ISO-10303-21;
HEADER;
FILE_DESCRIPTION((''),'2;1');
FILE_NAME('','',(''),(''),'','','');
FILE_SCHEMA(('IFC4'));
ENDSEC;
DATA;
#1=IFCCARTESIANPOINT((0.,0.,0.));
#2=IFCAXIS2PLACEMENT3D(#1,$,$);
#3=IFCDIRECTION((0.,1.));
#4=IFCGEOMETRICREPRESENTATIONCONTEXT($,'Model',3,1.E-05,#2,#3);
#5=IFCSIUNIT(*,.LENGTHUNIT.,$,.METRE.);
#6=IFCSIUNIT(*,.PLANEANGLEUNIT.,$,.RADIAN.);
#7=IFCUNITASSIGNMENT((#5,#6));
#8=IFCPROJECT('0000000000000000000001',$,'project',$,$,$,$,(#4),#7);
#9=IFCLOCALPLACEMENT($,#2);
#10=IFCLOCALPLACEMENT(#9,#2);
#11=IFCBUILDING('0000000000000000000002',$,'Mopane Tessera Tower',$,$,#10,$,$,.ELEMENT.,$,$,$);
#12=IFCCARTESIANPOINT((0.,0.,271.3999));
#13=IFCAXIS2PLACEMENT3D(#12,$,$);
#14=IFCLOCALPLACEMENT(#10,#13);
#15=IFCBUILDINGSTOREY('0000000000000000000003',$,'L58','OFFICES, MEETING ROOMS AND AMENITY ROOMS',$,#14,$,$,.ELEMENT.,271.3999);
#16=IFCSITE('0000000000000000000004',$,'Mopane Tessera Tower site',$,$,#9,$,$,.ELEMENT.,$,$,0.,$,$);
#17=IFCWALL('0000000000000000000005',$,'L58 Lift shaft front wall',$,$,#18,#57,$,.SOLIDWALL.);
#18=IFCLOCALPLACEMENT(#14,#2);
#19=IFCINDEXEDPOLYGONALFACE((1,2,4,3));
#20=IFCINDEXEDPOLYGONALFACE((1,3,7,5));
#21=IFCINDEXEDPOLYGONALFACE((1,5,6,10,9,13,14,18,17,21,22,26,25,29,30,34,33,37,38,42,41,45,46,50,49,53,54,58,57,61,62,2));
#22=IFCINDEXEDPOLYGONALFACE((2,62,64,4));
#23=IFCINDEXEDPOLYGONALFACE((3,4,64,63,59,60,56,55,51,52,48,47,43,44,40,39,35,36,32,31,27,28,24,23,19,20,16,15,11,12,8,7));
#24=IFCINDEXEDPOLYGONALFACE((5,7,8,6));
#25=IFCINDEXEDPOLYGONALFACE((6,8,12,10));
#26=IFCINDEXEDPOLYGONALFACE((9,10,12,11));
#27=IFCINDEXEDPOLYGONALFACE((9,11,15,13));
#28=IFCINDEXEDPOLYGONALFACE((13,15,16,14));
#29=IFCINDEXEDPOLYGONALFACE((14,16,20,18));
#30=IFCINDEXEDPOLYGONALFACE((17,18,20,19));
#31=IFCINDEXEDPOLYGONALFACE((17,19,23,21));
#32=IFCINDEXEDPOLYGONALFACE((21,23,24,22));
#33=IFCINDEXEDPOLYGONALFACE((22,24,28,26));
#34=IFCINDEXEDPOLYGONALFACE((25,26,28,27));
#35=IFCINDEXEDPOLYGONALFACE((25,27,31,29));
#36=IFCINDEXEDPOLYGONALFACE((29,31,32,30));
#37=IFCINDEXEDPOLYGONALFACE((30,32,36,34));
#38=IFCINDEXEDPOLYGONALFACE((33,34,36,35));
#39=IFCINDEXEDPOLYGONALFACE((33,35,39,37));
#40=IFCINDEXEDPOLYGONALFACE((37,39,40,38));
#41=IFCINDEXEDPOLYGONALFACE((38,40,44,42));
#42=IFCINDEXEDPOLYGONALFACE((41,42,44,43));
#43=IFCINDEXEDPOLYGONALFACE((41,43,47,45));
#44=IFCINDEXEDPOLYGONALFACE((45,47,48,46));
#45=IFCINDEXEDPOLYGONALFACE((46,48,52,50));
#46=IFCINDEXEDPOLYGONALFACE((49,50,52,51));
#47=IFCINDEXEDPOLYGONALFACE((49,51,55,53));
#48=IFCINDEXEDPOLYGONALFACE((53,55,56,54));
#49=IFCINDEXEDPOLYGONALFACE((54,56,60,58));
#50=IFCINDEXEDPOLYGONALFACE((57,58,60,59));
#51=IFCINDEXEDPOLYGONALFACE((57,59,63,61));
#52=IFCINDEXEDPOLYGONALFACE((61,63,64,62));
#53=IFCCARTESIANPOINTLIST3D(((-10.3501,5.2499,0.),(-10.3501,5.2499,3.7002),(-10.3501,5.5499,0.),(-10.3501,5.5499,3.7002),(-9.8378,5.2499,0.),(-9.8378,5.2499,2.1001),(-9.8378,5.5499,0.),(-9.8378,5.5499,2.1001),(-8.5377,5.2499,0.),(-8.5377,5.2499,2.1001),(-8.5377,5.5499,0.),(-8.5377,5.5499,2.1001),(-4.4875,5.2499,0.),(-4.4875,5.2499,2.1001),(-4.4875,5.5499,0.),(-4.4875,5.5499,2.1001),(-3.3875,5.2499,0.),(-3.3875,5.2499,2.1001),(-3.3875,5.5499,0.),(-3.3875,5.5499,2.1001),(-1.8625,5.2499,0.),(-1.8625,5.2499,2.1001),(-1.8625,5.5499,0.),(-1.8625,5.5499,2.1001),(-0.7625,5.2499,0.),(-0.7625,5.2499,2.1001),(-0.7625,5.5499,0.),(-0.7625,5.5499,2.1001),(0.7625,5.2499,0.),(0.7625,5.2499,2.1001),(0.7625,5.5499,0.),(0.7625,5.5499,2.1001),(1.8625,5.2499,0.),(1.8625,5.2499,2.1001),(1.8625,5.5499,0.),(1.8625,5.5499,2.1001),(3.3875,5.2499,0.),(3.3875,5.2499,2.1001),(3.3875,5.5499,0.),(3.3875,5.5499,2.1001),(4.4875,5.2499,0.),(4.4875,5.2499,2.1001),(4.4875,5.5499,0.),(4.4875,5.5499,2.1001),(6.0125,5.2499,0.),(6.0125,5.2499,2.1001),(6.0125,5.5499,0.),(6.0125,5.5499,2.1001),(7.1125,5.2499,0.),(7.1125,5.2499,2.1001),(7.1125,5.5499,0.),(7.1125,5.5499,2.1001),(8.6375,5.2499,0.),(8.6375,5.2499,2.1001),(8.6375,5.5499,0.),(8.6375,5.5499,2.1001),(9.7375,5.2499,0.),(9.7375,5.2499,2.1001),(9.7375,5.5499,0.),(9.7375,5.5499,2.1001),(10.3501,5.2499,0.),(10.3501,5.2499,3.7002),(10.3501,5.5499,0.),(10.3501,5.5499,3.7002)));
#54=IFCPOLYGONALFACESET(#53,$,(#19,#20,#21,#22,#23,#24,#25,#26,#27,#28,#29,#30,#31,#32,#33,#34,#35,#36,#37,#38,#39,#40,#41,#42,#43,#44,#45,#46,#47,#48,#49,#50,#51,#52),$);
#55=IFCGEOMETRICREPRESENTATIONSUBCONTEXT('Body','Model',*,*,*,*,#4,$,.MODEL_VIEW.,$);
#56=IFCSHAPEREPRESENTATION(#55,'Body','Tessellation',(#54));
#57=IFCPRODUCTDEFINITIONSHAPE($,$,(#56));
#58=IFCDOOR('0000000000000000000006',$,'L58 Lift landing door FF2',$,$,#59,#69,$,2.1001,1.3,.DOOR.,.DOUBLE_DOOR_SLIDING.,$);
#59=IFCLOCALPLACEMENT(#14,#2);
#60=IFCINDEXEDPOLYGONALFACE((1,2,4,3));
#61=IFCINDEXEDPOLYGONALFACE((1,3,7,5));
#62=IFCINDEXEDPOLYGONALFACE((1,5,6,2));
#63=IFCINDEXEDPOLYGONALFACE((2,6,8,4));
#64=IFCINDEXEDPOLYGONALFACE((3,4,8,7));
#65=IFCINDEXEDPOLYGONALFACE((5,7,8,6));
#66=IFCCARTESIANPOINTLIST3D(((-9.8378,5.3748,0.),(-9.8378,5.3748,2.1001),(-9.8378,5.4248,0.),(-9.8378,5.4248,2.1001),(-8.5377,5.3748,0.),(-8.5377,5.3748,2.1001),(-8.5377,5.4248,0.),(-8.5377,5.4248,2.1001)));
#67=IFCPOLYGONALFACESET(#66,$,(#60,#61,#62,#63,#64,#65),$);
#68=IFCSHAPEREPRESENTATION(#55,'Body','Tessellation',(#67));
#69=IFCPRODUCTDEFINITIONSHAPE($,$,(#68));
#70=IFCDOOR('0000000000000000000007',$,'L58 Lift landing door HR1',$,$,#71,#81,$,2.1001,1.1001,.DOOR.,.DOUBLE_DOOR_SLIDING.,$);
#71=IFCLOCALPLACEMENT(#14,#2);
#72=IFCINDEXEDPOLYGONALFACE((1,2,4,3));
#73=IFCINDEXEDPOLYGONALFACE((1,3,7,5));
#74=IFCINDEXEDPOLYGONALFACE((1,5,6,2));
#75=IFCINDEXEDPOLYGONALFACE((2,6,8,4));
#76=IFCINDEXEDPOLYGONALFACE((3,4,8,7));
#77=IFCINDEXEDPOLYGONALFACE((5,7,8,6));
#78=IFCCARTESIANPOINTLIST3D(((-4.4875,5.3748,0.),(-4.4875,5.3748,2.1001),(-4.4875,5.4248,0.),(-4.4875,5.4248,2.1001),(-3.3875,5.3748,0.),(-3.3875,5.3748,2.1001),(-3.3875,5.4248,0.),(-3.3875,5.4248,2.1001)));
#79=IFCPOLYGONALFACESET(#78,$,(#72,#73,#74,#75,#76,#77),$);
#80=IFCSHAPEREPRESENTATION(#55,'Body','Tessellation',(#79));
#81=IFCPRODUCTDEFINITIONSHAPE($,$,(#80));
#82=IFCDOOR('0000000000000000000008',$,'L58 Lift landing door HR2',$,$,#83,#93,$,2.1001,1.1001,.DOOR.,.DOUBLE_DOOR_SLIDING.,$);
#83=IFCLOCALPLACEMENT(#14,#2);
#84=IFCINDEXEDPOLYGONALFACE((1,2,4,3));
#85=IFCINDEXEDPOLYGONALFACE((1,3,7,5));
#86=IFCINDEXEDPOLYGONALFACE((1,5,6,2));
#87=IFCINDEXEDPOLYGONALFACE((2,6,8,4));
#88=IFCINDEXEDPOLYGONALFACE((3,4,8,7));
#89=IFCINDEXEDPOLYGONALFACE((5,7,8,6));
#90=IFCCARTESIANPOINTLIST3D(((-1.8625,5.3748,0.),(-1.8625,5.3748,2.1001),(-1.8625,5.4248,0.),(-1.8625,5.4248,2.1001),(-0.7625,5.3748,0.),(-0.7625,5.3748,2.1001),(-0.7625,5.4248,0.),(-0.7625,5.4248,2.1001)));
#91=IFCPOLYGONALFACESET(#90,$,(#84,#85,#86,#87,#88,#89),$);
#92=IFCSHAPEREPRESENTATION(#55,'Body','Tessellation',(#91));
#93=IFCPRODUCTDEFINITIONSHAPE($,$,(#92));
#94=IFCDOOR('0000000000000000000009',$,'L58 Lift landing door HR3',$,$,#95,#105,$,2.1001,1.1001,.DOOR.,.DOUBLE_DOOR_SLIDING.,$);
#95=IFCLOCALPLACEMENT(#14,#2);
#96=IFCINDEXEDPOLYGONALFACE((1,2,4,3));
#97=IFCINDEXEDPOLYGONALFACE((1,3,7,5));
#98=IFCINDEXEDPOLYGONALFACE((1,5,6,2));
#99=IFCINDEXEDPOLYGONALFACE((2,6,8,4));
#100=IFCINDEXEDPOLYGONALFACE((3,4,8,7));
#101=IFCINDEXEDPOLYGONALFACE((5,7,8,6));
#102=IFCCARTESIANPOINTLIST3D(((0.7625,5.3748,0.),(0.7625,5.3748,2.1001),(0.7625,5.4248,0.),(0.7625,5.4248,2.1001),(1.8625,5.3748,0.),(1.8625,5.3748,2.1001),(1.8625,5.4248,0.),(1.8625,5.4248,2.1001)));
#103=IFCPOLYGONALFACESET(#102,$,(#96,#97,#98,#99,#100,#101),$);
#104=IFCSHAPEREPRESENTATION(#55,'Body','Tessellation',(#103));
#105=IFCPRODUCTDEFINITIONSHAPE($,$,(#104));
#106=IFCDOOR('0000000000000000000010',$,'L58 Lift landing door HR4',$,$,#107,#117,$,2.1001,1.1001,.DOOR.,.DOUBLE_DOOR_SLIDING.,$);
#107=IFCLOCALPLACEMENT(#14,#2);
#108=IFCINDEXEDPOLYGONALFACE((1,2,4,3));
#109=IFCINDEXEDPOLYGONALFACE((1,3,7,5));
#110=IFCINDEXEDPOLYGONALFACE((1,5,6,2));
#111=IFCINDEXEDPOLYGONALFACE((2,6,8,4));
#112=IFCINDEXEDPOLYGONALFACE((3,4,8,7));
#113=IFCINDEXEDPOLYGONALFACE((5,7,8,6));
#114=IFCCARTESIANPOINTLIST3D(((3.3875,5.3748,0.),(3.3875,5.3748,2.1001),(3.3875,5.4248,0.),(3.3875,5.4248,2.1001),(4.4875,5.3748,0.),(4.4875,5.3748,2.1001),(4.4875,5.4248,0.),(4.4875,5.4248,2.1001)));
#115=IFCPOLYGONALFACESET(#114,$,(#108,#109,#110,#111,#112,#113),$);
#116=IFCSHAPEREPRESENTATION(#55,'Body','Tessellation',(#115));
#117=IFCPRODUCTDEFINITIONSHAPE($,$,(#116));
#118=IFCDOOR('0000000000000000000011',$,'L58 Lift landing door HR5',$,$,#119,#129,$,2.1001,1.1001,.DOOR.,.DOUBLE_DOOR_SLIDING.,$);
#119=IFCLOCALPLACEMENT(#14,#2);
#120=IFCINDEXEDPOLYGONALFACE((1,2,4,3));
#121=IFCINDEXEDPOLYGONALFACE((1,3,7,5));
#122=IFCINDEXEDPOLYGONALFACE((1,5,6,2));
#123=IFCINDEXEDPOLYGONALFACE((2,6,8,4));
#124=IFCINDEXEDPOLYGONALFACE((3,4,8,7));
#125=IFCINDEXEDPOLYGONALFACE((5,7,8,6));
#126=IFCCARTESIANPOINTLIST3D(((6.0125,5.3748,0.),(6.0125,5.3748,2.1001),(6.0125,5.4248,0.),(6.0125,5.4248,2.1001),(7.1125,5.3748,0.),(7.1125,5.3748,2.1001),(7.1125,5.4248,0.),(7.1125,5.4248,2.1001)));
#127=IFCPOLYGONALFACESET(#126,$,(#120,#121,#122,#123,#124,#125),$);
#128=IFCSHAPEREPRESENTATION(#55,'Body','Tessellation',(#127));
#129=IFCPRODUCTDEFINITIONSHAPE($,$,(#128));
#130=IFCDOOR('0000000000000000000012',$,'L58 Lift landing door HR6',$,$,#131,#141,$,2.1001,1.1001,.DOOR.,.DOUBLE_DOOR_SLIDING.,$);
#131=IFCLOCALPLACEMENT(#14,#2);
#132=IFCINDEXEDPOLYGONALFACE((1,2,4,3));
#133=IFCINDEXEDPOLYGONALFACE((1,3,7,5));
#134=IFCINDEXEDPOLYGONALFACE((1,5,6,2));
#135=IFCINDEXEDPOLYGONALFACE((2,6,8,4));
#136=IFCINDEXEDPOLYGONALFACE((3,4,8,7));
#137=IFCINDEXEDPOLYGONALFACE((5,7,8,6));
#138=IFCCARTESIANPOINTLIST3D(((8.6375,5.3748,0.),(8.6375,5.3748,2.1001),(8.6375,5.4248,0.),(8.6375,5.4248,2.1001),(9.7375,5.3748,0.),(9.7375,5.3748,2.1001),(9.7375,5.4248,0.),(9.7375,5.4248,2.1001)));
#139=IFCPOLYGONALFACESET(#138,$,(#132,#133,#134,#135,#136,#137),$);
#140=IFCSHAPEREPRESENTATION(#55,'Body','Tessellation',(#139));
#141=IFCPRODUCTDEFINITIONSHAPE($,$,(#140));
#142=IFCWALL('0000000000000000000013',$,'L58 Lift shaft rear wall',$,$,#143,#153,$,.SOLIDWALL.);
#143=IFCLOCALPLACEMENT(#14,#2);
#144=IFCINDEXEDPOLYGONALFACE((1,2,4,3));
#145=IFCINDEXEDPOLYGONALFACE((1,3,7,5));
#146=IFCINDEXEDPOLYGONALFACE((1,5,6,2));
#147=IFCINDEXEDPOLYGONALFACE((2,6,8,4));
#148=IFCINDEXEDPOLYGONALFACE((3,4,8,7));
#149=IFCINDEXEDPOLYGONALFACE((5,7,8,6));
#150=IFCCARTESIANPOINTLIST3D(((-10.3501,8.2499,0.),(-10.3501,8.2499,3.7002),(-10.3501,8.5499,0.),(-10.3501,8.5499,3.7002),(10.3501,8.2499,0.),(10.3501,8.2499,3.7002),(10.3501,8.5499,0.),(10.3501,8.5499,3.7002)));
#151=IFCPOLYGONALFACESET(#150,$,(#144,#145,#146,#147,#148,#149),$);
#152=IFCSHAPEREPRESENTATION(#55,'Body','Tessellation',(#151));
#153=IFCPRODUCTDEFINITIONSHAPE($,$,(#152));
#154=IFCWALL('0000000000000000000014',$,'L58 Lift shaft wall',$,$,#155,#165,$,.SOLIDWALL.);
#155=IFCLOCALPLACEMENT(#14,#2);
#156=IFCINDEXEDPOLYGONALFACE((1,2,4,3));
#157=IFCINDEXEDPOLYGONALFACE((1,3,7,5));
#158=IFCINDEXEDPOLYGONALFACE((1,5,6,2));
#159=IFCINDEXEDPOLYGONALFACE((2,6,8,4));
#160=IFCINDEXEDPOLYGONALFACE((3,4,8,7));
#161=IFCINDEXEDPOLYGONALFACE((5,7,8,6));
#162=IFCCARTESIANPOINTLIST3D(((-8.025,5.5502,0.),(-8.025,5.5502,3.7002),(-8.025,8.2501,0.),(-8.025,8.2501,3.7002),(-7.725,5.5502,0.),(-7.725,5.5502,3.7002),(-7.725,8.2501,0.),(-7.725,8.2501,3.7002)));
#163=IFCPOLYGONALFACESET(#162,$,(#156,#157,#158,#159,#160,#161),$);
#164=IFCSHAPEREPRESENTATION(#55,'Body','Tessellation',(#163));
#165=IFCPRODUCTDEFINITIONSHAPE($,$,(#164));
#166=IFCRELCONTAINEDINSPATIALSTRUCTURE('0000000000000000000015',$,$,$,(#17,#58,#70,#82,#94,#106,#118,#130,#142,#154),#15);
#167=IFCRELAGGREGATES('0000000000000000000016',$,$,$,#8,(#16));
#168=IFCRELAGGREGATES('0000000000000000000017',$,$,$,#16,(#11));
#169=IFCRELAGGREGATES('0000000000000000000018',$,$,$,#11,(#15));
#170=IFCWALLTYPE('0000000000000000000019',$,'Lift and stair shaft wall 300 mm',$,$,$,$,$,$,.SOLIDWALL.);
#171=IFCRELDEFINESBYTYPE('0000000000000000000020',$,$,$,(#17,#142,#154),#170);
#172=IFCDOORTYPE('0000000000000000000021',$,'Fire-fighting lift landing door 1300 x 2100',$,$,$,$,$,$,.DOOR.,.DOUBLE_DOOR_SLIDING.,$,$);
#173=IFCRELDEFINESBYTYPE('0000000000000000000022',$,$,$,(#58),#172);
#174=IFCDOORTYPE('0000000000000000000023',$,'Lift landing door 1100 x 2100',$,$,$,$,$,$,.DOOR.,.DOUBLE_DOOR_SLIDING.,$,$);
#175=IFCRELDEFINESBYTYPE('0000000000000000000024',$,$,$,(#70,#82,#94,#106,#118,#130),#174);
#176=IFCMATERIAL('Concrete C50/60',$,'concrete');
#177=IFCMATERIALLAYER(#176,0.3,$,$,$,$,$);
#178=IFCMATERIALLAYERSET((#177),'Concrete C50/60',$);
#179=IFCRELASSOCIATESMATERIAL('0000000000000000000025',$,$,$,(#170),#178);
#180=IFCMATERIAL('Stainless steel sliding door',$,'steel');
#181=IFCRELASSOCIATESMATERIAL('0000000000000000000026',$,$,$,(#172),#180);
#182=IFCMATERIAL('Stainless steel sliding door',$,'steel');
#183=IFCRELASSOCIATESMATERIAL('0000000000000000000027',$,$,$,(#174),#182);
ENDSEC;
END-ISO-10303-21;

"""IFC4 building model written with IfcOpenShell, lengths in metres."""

from ifc_helpers import new_model, si_unit, direction, frame, frame_2d, origin, place, context, subcontext, project, spatial, rectangle, extrude, material, layer, layer_set, type_object, element, fill, save


model = new_model("IFC4")

# Units and contexts
model_context = context("Model", 3, precision=1e-05, world=origin(), true_north=direction((0.0, 1.0)))
body_context = subcontext(model_context, "Body", "Model", "MODEL_VIEW")
ifc_project = project(units=[si_unit("LENGTHUNIT", "METRE"), si_unit("PLANEANGLEUNIT", "RADIAN")], contexts=[model_context])

# Site, building, storey
site_placement = place(None, origin())
site = spatial("IfcSite", under=ifc_project, at=site_placement, Name="Mopane Tessera Tower site", CompositionType="ELEMENT", RefElevation=0.0)
building_placement = place(site_placement, origin())
building = spatial("IfcBuilding", under=site, at=building_placement, Name="Mopane Tessera Tower", CompositionType="ELEMENT")
storey_placement = place(building_placement, frame((0.0, 0.0, 271.3999)))
storey = spatial("IfcBuildingStorey", under=building, at=storey_placement, Name="L58", Description="OFFICES, MEETING ROOMS AND AMENITY ROOMS", CompositionType="ELEMENT", Elevation=271.3999)

# Wall, openings, doors
ifc_material_1 = material(Name="Concrete C50/60", Category="concrete")
ifc_layer_1 = layer(ifc_material_1, 0.3)
ifc_layer_set_1 = layer_set([ifc_layer_1], Name="Concrete C50/60")
wall_type_1 = type_object("IfcWallType", Name="Lift and stair shaft wall 300 mm", PredefinedType="SOLIDWALL", material=ifc_layer_set_1)
ifc_material_2 = material(Name="Stainless steel sliding door", Category="steel")
door_type_1 = type_object("IfcDoorType", Name="Fire-fighting lift landing door 1300 x 2100", OperationType="DOUBLE_DOOR_SLIDING", PredefinedType="DOOR", material=ifc_material_2)
wall_1_placement = place(storey_placement, frame((-10.3501, 5.3999, 0.0), z_axis=(0.0, 0.0, 1.0), x_axis=(1.0, 0.0, 0.0)))
wall_1 = element("IfcWall", 1, at=wall_1_placement, inside=storey, type_object=wall_type_1, Name="L58 Lift shaft front wall", PredefinedType="SOLIDWALL", context=body_context, shape_type="SweptSolid", body=[
    extrude(rectangle(XDim=20.7002, YDim=0.3, at=frame_2d((10.3501, 0.0))), origin(), (0.0, 0.0, 1.0), 3.7002),
])
opening_1_placement = place(wall_1_placement, frame((0.5125, 0.0, 0.0)))
opening_1 = element("IfcOpeningElement", 2, at=opening_1_placement, cuts=wall_1, PredefinedType="OPENING", context=body_context, shape_type="SweptSolid", body=[
    extrude(rectangle(XDim=1.3, YDim=2.1001, at=frame_2d((0.6499, 1.05))), frame((0.0, 0.1621, 0.0), z_axis=(0.0, -1.0, 0.0), x_axis=(1.0, 0.0, 0.0)), (0.0, 0.0, 1.0), 0.324),
])
opening_2_placement = place(wall_1_placement, frame((5.8625, 0.0, 0.0)))
opening_2 = element("IfcOpeningElement", 3, at=opening_2_placement, cuts=wall_1, PredefinedType="OPENING", context=body_context, shape_type="SweptSolid", body=[
    extrude(rectangle(XDim=1.1001, YDim=2.1001, at=frame_2d((0.55, 1.05))), frame((0.0, 0.1621, 0.0), z_axis=(0.0, -1.0, 0.0), x_axis=(1.0, 0.0, 0.0)), (0.0, 0.0, 1.0), 0.324),
])
opening_3_placement = place(wall_1_placement, frame((8.4875, 0.0, 0.0)))
opening_3 = element("IfcOpeningElement", 4, at=opening_3_placement, cuts=wall_1, PredefinedType="OPENING", context=body_context, shape_type="SweptSolid", body=[
    extrude(rectangle(XDim=1.1001, YDim=2.1001, at=frame_2d((0.55, 1.05))), frame((0.0, 0.1621, 0.0), z_axis=(0.0, -1.0, 0.0), x_axis=(1.0, 0.0, 0.0)), (0.0, 0.0, 1.0), 0.324),
])
opening_4_placement = place(wall_1_placement, frame((11.1125, 0.0, 0.0)))
opening_4 = element("IfcOpeningElement", 5, at=opening_4_placement, cuts=wall_1, PredefinedType="OPENING", context=body_context, shape_type="SweptSolid", body=[
    extrude(rectangle(XDim=1.1001, YDim=2.1001, at=frame_2d((0.55, 1.05))), frame((0.0, 0.1621, 0.0), z_axis=(0.0, -1.0, 0.0), x_axis=(1.0, 0.0, 0.0)), (0.0, 0.0, 1.0), 0.324),
])
opening_5_placement = place(wall_1_placement, frame((13.7375, 0.0, 0.0)))
opening_5 = element("IfcOpeningElement", 6, at=opening_5_placement, cuts=wall_1, PredefinedType="OPENING", context=body_context, shape_type="SweptSolid", body=[
    extrude(rectangle(XDim=1.1001, YDim=2.1001, at=frame_2d((0.55, 1.05))), frame((0.0, 0.1621, 0.0), z_axis=(0.0, -1.0, 0.0), x_axis=(1.0, 0.0, 0.0)), (0.0, 0.0, 1.0), 0.324),
])
opening_6_placement = place(wall_1_placement, frame((16.3625, 0.0, 0.0)))
opening_6 = element("IfcOpeningElement", 7, at=opening_6_placement, cuts=wall_1, PredefinedType="OPENING", context=body_context, shape_type="SweptSolid", body=[
    extrude(rectangle(XDim=1.1001, YDim=2.1001, at=frame_2d((0.55, 1.05))), frame((0.0, 0.1621, 0.0), z_axis=(0.0, -1.0, 0.0), x_axis=(1.0, 0.0, 0.0)), (0.0, 0.0, 1.0), 0.324),
])
opening_7_placement = place(wall_1_placement, frame((18.9875, 0.0, 0.0)))
opening_7 = element("IfcOpeningElement", 8, at=opening_7_placement, cuts=wall_1, PredefinedType="OPENING", context=body_context, shape_type="SweptSolid", body=[
    extrude(rectangle(XDim=1.1001, YDim=2.1001, at=frame_2d((0.55, 1.05))), frame((0.0, 0.1621, 0.0), z_axis=(0.0, -1.0, 0.0), x_axis=(1.0, 0.0, 0.0)), (0.0, 0.0, 1.0), 0.324),
])
door_1_placement = place(opening_1_placement, origin())
door_1 = element("IfcDoor", 9, at=door_1_placement, inside=storey, type_object=door_type_1, Name="L58 Lift landing door FF2", OperationType="DOUBLE_DOOR_SLIDING", OverallHeight=2.1001, OverallWidth=1.3, PredefinedType="DOOR", context=body_context, shape_type="SweptSolid", body=[
    extrude(rectangle(XDim=1.3, YDim=2.1001, at=frame_2d((0.6499, 1.05))), frame((0.0, 0.0249, 0.0), z_axis=(0.0, -1.0, 0.0), x_axis=(1.0, 0.0, 0.0)), (0.0, 0.0, 1.0), 0.05),
])
fill(opening_1, door_1)
ifc_material_3 = material(Name="Stainless steel sliding door", Category="steel")
door_type_2 = type_object("IfcDoorType", Name="Lift landing door 1100 x 2100", OperationType="DOUBLE_DOOR_SLIDING", PredefinedType="DOOR", material=ifc_material_3)
door_2_placement = place(opening_2_placement, origin())
door_2 = element("IfcDoor", 10, at=door_2_placement, inside=storey, type_object=door_type_2, Name="L58 Lift landing door HR1", OperationType="DOUBLE_DOOR_SLIDING", OverallHeight=2.1001, OverallWidth=1.1001, PredefinedType="DOOR", context=body_context, shape_type="SweptSolid", body=[
    extrude(rectangle(XDim=1.1001, YDim=2.1001, at=frame_2d((0.55, 1.05))), frame((0.0, 0.0249, 0.0), z_axis=(0.0, -1.0, 0.0), x_axis=(1.0, 0.0, 0.0)), (0.0, 0.0, 1.0), 0.05),
])
fill(opening_2, door_2)
door_3_placement = place(opening_3_placement, origin())
door_3 = element("IfcDoor", 11, at=door_3_placement, inside=storey, type_object=door_type_2, Name="L58 Lift landing door HR2", OperationType="DOUBLE_DOOR_SLIDING", OverallHeight=2.1001, OverallWidth=1.1001, PredefinedType="DOOR", context=body_context, shape_type="SweptSolid", body=[
    extrude(rectangle(XDim=1.1001, YDim=2.1001, at=frame_2d((0.55, 1.05))), frame((0.0, 0.0249, 0.0), z_axis=(0.0, -1.0, 0.0), x_axis=(1.0, 0.0, 0.0)), (0.0, 0.0, 1.0), 0.05),
])
fill(opening_3, door_3)
door_4_placement = place(opening_4_placement, origin())
door_4 = element("IfcDoor", 12, at=door_4_placement, inside=storey, type_object=door_type_2, Name="L58 Lift landing door HR3", OperationType="DOUBLE_DOOR_SLIDING", OverallHeight=2.1001, OverallWidth=1.1001, PredefinedType="DOOR", context=body_context, shape_type="SweptSolid", body=[
    extrude(rectangle(XDim=1.1001, YDim=2.1001, at=frame_2d((0.55, 1.05))), frame((0.0, 0.0249, 0.0), z_axis=(0.0, -1.0, 0.0), x_axis=(1.0, 0.0, 0.0)), (0.0, 0.0, 1.0), 0.05),
])
fill(opening_4, door_4)
door_5_placement = place(opening_5_placement, origin())
door_5 = element("IfcDoor", 13, at=door_5_placement, inside=storey, type_object=door_type_2, Name="L58 Lift landing door HR4", OperationType="DOUBLE_DOOR_SLIDING", OverallHeight=2.1001, OverallWidth=1.1001, PredefinedType="DOOR", context=body_context, shape_type="SweptSolid", body=[
    extrude(rectangle(XDim=1.1001, YDim=2.1001, at=frame_2d((0.55, 1.05))), frame((0.0, 0.0249, 0.0), z_axis=(0.0, -1.0, 0.0), x_axis=(1.0, 0.0, 0.0)), (0.0, 0.0, 1.0), 0.05),
])
fill(opening_5, door_5)
door_6_placement = place(opening_6_placement, origin())
door_6 = element("IfcDoor", 14, at=door_6_placement, inside=storey, type_object=door_type_2, Name="L58 Lift landing door HR5", OperationType="DOUBLE_DOOR_SLIDING", OverallHeight=2.1001, OverallWidth=1.1001, PredefinedType="DOOR", context=body_context, shape_type="SweptSolid", body=[
    extrude(rectangle(XDim=1.1001, YDim=2.1001, at=frame_2d((0.55, 1.05))), frame((0.0, 0.0249, 0.0), z_axis=(0.0, -1.0, 0.0), x_axis=(1.0, 0.0, 0.0)), (0.0, 0.0, 1.0), 0.05),
])
fill(opening_6, door_6)
door_7_placement = place(opening_7_placement, origin())
door_7 = element("IfcDoor", 15, at=door_7_placement, inside=storey, type_object=door_type_2, Name="L58 Lift landing door HR6", OperationType="DOUBLE_DOOR_SLIDING", OverallHeight=2.1001, OverallWidth=1.1001, PredefinedType="DOOR", context=body_context, shape_type="SweptSolid", body=[
    extrude(rectangle(XDim=1.1001, YDim=2.1001, at=frame_2d((0.55, 1.05))), frame((0.0, 0.0249, 0.0), z_axis=(0.0, -1.0, 0.0), x_axis=(1.0, 0.0, 0.0)), (0.0, 0.0, 1.0), 0.05),
])
fill(opening_7, door_7)

# Walls
wall_2_placement = place(storey_placement, frame((-10.3501, 8.3999, 0.0), z_axis=(0.0, 0.0, 1.0), x_axis=(1.0, 0.0, 0.0)))
element("IfcWall", 16, at=wall_2_placement, inside=storey, type_object=wall_type_1, Name="L58 Lift shaft rear wall", PredefinedType="SOLIDWALL", context=body_context, shape_type="SweptSolid", body=[
    extrude(rectangle(XDim=20.7002, YDim=0.3, at=frame_2d((10.3501, 0.0))), origin(), (0.0, 0.0, 1.0), 3.7002),
])
for number, where, z_axis, x_axis, name in (
    (17, (-7.875, 5.55, 0.0), (0.0, 0.0, 1.0), (0.0, 1.0, 0.0), "L58 Lift shaft wall"),
):
    element("IfcWall", number, at=place(storey_placement, frame(where, z_axis=z_axis, x_axis=x_axis)), inside=storey, type_object=wall_type_1, Name=name, PredefinedType="SOLIDWALL", context=body_context, shape_type="SweptSolid", body=[
        extrude(rectangle(XDim=2.7, YDim=0.3, at=frame_2d((1.3501, 0.0))), origin(), (0.0, 0.0, 1.0), 3.7002),
    ])

save(model, "model.ifc")
